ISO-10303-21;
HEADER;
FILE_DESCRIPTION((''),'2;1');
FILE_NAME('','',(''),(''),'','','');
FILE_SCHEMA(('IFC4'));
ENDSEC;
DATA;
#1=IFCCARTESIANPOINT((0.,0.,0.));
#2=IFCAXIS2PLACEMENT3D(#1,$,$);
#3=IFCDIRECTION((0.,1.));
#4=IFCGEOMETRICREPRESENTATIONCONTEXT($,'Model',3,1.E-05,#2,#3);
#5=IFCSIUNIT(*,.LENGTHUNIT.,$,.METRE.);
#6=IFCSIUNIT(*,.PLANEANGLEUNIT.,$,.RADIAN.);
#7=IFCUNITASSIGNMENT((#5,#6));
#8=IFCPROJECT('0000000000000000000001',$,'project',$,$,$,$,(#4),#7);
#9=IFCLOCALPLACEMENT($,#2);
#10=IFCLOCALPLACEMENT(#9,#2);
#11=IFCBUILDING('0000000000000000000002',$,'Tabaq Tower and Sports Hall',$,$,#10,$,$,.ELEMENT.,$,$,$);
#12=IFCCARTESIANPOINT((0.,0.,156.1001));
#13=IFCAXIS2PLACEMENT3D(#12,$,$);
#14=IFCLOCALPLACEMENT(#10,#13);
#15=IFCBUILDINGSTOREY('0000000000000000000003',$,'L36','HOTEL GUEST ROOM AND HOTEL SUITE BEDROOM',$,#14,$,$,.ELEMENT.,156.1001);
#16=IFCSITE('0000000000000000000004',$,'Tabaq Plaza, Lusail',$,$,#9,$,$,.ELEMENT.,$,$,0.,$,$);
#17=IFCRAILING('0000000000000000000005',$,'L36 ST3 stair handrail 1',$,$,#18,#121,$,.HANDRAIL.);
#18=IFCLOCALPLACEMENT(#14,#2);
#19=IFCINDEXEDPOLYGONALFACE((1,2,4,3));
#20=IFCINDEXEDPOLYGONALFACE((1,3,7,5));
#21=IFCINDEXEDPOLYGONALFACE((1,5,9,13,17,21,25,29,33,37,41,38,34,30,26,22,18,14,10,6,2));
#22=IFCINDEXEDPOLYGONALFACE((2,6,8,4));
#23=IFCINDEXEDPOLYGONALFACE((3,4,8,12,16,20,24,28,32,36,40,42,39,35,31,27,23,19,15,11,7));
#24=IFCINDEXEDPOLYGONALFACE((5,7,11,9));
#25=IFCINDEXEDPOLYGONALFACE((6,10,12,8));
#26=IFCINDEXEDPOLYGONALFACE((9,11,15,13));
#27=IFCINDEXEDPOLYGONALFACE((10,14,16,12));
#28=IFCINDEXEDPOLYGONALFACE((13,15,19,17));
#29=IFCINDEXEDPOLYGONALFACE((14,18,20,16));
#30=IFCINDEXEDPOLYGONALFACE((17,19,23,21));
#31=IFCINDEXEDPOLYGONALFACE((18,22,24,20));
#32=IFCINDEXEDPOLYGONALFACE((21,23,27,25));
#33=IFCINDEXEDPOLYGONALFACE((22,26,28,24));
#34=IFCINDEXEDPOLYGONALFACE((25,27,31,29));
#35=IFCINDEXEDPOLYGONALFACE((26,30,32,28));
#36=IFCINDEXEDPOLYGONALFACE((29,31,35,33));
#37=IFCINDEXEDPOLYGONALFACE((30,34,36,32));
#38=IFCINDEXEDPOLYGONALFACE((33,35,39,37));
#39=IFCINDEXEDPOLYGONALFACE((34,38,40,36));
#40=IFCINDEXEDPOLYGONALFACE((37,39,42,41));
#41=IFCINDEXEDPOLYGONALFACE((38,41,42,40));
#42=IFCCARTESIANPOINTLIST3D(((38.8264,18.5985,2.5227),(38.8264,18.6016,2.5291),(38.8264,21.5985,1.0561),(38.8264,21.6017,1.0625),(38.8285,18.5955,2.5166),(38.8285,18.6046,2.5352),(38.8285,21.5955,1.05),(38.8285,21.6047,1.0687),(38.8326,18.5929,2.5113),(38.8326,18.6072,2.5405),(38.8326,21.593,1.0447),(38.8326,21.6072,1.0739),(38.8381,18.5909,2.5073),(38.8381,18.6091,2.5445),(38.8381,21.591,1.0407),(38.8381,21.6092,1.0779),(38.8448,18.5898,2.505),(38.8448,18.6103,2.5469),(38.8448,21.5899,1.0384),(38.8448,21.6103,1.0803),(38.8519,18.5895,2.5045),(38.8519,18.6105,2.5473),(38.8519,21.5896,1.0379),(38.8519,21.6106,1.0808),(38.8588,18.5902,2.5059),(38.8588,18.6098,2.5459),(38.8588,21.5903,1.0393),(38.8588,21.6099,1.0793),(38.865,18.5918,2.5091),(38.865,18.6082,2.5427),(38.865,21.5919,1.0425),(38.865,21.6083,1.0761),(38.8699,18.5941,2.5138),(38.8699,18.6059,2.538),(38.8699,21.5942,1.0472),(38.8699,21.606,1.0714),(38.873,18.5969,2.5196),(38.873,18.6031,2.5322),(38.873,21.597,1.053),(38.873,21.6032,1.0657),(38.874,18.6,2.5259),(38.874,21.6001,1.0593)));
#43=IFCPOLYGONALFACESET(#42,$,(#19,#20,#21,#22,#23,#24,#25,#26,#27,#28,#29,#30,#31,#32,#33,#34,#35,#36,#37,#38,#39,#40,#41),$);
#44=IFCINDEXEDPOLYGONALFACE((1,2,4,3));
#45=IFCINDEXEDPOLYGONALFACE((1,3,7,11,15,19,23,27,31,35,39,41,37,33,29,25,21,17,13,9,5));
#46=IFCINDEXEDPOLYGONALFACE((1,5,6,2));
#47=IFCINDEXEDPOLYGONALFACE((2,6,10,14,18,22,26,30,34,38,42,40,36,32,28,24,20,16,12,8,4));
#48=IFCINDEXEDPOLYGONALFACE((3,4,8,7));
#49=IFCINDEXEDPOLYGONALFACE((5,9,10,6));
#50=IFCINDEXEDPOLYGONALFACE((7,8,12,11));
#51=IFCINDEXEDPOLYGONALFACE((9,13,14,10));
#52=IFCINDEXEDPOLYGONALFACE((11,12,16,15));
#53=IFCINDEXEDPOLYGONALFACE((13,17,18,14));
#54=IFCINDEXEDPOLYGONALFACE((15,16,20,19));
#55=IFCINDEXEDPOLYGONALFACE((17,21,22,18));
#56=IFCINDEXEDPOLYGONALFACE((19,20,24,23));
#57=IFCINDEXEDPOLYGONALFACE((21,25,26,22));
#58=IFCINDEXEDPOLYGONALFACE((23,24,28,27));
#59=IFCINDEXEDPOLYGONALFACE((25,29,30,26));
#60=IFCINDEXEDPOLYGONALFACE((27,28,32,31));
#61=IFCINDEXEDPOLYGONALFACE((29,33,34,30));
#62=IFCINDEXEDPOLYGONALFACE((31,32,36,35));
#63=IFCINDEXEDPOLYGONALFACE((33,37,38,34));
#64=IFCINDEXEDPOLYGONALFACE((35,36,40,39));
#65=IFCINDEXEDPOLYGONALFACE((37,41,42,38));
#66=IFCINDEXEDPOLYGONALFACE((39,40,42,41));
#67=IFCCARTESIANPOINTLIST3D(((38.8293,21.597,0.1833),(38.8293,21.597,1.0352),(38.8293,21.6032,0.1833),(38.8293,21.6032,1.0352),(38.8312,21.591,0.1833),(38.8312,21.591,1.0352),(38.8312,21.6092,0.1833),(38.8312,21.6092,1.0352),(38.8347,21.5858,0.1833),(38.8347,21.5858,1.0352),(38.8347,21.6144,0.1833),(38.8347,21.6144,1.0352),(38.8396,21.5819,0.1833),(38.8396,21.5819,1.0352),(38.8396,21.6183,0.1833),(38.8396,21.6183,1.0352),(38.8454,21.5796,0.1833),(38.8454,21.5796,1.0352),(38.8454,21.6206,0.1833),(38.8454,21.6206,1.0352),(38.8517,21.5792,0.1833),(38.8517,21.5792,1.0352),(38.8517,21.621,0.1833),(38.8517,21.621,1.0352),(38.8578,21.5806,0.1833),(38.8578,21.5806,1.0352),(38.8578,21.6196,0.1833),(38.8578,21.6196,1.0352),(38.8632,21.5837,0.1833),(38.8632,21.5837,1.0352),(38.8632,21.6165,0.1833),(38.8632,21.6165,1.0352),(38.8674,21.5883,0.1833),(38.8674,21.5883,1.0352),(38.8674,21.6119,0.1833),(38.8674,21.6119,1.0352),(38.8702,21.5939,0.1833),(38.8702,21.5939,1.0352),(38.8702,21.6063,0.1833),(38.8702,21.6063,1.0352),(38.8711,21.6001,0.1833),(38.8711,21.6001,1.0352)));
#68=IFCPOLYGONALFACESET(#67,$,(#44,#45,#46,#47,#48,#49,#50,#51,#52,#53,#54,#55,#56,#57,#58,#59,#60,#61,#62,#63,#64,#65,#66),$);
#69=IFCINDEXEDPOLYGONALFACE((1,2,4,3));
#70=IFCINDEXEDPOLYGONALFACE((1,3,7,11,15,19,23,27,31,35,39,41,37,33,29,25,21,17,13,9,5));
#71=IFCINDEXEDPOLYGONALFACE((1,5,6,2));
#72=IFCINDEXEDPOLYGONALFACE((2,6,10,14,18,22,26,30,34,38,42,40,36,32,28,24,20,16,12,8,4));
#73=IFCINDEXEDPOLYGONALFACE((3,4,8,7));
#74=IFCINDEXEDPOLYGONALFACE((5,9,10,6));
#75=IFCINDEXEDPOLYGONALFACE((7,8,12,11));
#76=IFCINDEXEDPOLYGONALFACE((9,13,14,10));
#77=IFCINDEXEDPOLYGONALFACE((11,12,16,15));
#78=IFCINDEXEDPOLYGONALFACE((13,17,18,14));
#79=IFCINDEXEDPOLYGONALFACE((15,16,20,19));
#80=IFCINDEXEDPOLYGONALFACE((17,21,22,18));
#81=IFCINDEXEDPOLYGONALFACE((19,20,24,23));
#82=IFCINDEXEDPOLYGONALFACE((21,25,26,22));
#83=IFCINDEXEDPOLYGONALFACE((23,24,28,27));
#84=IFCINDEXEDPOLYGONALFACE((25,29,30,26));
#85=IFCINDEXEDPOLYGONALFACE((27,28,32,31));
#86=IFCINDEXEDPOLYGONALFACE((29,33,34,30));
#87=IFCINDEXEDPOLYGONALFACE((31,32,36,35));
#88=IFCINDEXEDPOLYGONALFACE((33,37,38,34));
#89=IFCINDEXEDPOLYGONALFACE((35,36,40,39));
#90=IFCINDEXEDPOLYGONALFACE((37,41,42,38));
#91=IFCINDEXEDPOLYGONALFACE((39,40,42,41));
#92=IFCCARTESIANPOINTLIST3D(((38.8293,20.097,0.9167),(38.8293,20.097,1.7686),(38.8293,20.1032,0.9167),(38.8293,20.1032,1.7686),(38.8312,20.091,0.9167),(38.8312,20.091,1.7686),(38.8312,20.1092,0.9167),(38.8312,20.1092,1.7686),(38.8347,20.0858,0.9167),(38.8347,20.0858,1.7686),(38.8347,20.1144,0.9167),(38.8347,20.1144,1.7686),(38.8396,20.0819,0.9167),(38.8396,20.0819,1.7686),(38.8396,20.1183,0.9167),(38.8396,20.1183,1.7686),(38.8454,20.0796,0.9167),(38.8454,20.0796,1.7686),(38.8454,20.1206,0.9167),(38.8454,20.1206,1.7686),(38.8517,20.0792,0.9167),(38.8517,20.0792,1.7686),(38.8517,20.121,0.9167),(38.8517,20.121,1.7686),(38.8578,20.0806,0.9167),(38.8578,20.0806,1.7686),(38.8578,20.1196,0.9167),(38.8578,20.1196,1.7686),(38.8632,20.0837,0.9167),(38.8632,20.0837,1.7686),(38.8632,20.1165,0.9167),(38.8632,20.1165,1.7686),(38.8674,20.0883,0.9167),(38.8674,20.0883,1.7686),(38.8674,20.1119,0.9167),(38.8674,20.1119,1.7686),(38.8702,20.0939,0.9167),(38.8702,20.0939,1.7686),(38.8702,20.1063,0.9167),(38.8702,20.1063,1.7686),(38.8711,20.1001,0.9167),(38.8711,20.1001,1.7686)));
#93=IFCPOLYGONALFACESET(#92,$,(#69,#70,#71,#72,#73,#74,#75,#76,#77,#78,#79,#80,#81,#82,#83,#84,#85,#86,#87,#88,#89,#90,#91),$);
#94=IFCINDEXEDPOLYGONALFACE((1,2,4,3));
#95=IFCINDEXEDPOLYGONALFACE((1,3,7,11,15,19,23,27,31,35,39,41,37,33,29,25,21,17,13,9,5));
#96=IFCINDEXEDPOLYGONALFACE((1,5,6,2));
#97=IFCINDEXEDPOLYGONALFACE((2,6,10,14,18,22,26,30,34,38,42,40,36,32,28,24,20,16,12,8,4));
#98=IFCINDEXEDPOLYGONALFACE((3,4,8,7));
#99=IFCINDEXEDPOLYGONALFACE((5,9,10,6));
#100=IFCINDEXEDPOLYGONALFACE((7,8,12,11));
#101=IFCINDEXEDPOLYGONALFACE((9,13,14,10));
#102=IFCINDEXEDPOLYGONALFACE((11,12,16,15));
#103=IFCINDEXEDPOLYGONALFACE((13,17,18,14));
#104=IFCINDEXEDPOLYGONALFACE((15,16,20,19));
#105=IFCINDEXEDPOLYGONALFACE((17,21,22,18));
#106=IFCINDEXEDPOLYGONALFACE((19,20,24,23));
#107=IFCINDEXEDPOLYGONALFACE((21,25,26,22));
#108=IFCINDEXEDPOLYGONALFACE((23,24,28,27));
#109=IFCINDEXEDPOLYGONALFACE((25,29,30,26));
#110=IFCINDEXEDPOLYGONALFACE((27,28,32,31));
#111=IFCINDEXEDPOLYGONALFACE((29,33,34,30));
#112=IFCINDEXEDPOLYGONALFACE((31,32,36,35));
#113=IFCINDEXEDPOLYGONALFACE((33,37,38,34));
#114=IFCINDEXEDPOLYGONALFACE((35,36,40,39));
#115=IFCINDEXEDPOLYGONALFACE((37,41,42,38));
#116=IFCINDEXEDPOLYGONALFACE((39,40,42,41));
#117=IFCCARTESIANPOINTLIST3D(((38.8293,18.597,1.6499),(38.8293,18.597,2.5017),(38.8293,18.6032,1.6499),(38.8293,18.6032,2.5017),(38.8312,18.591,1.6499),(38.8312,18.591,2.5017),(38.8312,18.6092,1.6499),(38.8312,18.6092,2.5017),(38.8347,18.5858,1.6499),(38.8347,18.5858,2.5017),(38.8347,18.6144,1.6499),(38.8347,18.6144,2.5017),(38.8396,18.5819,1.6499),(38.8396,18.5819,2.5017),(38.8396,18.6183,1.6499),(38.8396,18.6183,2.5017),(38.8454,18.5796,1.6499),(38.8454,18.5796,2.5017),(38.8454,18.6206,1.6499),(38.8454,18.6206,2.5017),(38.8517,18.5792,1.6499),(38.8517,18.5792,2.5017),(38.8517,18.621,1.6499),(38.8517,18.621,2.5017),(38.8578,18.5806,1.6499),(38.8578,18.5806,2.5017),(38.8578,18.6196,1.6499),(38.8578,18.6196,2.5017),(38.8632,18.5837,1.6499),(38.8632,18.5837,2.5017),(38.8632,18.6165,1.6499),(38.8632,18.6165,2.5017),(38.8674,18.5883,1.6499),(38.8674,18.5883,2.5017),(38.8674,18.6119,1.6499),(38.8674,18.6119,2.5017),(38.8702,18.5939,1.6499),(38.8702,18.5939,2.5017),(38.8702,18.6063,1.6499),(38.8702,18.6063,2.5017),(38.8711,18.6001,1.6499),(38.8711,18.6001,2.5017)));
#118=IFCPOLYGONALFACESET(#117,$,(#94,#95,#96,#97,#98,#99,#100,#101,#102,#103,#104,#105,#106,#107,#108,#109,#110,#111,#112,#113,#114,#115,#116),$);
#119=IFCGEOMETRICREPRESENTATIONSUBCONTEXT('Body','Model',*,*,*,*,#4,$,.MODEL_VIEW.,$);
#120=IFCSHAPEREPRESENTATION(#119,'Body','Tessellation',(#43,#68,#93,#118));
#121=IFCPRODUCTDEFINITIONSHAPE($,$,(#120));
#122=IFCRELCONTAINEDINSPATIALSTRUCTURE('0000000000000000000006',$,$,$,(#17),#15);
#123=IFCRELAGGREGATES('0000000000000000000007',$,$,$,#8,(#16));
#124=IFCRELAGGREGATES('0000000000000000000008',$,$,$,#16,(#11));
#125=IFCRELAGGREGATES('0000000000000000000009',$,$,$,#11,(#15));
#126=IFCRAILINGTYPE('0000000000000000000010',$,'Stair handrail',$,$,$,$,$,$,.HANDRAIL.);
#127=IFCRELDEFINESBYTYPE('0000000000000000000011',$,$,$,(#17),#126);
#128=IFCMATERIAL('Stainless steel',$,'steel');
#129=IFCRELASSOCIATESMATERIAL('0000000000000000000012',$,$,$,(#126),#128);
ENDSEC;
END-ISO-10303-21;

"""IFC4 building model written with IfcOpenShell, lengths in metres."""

from ifc_helpers import new_model, si_unit, direction, frame, origin, origin_2d, place, context, subcontext, project, spatial, circle, extrude, material, type_object, element, save


model = new_model("IFC4")

# Units and contexts
model_context = context("Model", 3, precision=1e-05, world=origin(), true_north=direction((0.0, 1.0)))
body_context = subcontext(model_context, "Body", "Model", "MODEL_VIEW")
ifc_project = project(units=[si_unit("LENGTHUNIT", "METRE"), si_unit("PLANEANGLEUNIT", "RADIAN")], contexts=[model_context])

# Site, building, storey
site_placement = place(None, origin())
site = spatial("IfcSite", under=ifc_project, at=site_placement, Name="Tabaq Plaza, Lusail", CompositionType="ELEMENT", RefElevation=0.0)
building_placement = place(site_placement, origin())
building = spatial("IfcBuilding", under=site, at=building_placement, Name="Tabaq Tower and Sports Hall", CompositionType="ELEMENT")
storey_placement = place(building_placement, frame((0.0, 0.0, 156.1001)))
storey = spatial("IfcBuildingStorey", under=building, at=storey_placement, Name="L36", Description="HOTEL GUEST ROOM AND HOTEL SUITE BEDROOM", CompositionType="ELEMENT", Elevation=156.1001)

# Railing
ifc_material_1 = material(Name="Stainless steel", Category="steel")
railing_type_1 = type_object("IfcRailingType", Name="Stair handrail", PredefinedType="HANDRAIL", material=ifc_material_1)
railing_1_placement = place(storey_placement, frame((38.8501, 21.6001, 0.1833)))
element("IfcRailing", 1, at=railing_1_placement, inside=storey, type_object=railing_type_1, Name="L36 ST3 stair handrail 1", PredefinedType="HANDRAIL", context=body_context, shape_type="SweptSolid", body=[
    extrude(circle(Radius=0.0239, at=origin_2d()), frame((0.0, 0.0, 0.876), z_axis=(0.0, -0.898398, 0.439183), x_axis=(1.0, 0.0, 0.0)), (0.0, 0.0, 1.0), 3.3394),
    extrude(circle(Radius=0.021, at=origin_2d()), origin(), (0.0, 0.0, 1.0), 0.8518),
    extrude(circle(Radius=0.021, at=origin_2d()), frame((0.0, -1.5, 0.7334)), (0.0, 0.0, 1.0), 0.8518),
    extrude(circle(Radius=0.021, at=origin_2d()), frame((0.0, -3.0, 1.4666)), (0.0, 0.0, 1.0), 0.8518),
])

save(model, "model.ifc")
